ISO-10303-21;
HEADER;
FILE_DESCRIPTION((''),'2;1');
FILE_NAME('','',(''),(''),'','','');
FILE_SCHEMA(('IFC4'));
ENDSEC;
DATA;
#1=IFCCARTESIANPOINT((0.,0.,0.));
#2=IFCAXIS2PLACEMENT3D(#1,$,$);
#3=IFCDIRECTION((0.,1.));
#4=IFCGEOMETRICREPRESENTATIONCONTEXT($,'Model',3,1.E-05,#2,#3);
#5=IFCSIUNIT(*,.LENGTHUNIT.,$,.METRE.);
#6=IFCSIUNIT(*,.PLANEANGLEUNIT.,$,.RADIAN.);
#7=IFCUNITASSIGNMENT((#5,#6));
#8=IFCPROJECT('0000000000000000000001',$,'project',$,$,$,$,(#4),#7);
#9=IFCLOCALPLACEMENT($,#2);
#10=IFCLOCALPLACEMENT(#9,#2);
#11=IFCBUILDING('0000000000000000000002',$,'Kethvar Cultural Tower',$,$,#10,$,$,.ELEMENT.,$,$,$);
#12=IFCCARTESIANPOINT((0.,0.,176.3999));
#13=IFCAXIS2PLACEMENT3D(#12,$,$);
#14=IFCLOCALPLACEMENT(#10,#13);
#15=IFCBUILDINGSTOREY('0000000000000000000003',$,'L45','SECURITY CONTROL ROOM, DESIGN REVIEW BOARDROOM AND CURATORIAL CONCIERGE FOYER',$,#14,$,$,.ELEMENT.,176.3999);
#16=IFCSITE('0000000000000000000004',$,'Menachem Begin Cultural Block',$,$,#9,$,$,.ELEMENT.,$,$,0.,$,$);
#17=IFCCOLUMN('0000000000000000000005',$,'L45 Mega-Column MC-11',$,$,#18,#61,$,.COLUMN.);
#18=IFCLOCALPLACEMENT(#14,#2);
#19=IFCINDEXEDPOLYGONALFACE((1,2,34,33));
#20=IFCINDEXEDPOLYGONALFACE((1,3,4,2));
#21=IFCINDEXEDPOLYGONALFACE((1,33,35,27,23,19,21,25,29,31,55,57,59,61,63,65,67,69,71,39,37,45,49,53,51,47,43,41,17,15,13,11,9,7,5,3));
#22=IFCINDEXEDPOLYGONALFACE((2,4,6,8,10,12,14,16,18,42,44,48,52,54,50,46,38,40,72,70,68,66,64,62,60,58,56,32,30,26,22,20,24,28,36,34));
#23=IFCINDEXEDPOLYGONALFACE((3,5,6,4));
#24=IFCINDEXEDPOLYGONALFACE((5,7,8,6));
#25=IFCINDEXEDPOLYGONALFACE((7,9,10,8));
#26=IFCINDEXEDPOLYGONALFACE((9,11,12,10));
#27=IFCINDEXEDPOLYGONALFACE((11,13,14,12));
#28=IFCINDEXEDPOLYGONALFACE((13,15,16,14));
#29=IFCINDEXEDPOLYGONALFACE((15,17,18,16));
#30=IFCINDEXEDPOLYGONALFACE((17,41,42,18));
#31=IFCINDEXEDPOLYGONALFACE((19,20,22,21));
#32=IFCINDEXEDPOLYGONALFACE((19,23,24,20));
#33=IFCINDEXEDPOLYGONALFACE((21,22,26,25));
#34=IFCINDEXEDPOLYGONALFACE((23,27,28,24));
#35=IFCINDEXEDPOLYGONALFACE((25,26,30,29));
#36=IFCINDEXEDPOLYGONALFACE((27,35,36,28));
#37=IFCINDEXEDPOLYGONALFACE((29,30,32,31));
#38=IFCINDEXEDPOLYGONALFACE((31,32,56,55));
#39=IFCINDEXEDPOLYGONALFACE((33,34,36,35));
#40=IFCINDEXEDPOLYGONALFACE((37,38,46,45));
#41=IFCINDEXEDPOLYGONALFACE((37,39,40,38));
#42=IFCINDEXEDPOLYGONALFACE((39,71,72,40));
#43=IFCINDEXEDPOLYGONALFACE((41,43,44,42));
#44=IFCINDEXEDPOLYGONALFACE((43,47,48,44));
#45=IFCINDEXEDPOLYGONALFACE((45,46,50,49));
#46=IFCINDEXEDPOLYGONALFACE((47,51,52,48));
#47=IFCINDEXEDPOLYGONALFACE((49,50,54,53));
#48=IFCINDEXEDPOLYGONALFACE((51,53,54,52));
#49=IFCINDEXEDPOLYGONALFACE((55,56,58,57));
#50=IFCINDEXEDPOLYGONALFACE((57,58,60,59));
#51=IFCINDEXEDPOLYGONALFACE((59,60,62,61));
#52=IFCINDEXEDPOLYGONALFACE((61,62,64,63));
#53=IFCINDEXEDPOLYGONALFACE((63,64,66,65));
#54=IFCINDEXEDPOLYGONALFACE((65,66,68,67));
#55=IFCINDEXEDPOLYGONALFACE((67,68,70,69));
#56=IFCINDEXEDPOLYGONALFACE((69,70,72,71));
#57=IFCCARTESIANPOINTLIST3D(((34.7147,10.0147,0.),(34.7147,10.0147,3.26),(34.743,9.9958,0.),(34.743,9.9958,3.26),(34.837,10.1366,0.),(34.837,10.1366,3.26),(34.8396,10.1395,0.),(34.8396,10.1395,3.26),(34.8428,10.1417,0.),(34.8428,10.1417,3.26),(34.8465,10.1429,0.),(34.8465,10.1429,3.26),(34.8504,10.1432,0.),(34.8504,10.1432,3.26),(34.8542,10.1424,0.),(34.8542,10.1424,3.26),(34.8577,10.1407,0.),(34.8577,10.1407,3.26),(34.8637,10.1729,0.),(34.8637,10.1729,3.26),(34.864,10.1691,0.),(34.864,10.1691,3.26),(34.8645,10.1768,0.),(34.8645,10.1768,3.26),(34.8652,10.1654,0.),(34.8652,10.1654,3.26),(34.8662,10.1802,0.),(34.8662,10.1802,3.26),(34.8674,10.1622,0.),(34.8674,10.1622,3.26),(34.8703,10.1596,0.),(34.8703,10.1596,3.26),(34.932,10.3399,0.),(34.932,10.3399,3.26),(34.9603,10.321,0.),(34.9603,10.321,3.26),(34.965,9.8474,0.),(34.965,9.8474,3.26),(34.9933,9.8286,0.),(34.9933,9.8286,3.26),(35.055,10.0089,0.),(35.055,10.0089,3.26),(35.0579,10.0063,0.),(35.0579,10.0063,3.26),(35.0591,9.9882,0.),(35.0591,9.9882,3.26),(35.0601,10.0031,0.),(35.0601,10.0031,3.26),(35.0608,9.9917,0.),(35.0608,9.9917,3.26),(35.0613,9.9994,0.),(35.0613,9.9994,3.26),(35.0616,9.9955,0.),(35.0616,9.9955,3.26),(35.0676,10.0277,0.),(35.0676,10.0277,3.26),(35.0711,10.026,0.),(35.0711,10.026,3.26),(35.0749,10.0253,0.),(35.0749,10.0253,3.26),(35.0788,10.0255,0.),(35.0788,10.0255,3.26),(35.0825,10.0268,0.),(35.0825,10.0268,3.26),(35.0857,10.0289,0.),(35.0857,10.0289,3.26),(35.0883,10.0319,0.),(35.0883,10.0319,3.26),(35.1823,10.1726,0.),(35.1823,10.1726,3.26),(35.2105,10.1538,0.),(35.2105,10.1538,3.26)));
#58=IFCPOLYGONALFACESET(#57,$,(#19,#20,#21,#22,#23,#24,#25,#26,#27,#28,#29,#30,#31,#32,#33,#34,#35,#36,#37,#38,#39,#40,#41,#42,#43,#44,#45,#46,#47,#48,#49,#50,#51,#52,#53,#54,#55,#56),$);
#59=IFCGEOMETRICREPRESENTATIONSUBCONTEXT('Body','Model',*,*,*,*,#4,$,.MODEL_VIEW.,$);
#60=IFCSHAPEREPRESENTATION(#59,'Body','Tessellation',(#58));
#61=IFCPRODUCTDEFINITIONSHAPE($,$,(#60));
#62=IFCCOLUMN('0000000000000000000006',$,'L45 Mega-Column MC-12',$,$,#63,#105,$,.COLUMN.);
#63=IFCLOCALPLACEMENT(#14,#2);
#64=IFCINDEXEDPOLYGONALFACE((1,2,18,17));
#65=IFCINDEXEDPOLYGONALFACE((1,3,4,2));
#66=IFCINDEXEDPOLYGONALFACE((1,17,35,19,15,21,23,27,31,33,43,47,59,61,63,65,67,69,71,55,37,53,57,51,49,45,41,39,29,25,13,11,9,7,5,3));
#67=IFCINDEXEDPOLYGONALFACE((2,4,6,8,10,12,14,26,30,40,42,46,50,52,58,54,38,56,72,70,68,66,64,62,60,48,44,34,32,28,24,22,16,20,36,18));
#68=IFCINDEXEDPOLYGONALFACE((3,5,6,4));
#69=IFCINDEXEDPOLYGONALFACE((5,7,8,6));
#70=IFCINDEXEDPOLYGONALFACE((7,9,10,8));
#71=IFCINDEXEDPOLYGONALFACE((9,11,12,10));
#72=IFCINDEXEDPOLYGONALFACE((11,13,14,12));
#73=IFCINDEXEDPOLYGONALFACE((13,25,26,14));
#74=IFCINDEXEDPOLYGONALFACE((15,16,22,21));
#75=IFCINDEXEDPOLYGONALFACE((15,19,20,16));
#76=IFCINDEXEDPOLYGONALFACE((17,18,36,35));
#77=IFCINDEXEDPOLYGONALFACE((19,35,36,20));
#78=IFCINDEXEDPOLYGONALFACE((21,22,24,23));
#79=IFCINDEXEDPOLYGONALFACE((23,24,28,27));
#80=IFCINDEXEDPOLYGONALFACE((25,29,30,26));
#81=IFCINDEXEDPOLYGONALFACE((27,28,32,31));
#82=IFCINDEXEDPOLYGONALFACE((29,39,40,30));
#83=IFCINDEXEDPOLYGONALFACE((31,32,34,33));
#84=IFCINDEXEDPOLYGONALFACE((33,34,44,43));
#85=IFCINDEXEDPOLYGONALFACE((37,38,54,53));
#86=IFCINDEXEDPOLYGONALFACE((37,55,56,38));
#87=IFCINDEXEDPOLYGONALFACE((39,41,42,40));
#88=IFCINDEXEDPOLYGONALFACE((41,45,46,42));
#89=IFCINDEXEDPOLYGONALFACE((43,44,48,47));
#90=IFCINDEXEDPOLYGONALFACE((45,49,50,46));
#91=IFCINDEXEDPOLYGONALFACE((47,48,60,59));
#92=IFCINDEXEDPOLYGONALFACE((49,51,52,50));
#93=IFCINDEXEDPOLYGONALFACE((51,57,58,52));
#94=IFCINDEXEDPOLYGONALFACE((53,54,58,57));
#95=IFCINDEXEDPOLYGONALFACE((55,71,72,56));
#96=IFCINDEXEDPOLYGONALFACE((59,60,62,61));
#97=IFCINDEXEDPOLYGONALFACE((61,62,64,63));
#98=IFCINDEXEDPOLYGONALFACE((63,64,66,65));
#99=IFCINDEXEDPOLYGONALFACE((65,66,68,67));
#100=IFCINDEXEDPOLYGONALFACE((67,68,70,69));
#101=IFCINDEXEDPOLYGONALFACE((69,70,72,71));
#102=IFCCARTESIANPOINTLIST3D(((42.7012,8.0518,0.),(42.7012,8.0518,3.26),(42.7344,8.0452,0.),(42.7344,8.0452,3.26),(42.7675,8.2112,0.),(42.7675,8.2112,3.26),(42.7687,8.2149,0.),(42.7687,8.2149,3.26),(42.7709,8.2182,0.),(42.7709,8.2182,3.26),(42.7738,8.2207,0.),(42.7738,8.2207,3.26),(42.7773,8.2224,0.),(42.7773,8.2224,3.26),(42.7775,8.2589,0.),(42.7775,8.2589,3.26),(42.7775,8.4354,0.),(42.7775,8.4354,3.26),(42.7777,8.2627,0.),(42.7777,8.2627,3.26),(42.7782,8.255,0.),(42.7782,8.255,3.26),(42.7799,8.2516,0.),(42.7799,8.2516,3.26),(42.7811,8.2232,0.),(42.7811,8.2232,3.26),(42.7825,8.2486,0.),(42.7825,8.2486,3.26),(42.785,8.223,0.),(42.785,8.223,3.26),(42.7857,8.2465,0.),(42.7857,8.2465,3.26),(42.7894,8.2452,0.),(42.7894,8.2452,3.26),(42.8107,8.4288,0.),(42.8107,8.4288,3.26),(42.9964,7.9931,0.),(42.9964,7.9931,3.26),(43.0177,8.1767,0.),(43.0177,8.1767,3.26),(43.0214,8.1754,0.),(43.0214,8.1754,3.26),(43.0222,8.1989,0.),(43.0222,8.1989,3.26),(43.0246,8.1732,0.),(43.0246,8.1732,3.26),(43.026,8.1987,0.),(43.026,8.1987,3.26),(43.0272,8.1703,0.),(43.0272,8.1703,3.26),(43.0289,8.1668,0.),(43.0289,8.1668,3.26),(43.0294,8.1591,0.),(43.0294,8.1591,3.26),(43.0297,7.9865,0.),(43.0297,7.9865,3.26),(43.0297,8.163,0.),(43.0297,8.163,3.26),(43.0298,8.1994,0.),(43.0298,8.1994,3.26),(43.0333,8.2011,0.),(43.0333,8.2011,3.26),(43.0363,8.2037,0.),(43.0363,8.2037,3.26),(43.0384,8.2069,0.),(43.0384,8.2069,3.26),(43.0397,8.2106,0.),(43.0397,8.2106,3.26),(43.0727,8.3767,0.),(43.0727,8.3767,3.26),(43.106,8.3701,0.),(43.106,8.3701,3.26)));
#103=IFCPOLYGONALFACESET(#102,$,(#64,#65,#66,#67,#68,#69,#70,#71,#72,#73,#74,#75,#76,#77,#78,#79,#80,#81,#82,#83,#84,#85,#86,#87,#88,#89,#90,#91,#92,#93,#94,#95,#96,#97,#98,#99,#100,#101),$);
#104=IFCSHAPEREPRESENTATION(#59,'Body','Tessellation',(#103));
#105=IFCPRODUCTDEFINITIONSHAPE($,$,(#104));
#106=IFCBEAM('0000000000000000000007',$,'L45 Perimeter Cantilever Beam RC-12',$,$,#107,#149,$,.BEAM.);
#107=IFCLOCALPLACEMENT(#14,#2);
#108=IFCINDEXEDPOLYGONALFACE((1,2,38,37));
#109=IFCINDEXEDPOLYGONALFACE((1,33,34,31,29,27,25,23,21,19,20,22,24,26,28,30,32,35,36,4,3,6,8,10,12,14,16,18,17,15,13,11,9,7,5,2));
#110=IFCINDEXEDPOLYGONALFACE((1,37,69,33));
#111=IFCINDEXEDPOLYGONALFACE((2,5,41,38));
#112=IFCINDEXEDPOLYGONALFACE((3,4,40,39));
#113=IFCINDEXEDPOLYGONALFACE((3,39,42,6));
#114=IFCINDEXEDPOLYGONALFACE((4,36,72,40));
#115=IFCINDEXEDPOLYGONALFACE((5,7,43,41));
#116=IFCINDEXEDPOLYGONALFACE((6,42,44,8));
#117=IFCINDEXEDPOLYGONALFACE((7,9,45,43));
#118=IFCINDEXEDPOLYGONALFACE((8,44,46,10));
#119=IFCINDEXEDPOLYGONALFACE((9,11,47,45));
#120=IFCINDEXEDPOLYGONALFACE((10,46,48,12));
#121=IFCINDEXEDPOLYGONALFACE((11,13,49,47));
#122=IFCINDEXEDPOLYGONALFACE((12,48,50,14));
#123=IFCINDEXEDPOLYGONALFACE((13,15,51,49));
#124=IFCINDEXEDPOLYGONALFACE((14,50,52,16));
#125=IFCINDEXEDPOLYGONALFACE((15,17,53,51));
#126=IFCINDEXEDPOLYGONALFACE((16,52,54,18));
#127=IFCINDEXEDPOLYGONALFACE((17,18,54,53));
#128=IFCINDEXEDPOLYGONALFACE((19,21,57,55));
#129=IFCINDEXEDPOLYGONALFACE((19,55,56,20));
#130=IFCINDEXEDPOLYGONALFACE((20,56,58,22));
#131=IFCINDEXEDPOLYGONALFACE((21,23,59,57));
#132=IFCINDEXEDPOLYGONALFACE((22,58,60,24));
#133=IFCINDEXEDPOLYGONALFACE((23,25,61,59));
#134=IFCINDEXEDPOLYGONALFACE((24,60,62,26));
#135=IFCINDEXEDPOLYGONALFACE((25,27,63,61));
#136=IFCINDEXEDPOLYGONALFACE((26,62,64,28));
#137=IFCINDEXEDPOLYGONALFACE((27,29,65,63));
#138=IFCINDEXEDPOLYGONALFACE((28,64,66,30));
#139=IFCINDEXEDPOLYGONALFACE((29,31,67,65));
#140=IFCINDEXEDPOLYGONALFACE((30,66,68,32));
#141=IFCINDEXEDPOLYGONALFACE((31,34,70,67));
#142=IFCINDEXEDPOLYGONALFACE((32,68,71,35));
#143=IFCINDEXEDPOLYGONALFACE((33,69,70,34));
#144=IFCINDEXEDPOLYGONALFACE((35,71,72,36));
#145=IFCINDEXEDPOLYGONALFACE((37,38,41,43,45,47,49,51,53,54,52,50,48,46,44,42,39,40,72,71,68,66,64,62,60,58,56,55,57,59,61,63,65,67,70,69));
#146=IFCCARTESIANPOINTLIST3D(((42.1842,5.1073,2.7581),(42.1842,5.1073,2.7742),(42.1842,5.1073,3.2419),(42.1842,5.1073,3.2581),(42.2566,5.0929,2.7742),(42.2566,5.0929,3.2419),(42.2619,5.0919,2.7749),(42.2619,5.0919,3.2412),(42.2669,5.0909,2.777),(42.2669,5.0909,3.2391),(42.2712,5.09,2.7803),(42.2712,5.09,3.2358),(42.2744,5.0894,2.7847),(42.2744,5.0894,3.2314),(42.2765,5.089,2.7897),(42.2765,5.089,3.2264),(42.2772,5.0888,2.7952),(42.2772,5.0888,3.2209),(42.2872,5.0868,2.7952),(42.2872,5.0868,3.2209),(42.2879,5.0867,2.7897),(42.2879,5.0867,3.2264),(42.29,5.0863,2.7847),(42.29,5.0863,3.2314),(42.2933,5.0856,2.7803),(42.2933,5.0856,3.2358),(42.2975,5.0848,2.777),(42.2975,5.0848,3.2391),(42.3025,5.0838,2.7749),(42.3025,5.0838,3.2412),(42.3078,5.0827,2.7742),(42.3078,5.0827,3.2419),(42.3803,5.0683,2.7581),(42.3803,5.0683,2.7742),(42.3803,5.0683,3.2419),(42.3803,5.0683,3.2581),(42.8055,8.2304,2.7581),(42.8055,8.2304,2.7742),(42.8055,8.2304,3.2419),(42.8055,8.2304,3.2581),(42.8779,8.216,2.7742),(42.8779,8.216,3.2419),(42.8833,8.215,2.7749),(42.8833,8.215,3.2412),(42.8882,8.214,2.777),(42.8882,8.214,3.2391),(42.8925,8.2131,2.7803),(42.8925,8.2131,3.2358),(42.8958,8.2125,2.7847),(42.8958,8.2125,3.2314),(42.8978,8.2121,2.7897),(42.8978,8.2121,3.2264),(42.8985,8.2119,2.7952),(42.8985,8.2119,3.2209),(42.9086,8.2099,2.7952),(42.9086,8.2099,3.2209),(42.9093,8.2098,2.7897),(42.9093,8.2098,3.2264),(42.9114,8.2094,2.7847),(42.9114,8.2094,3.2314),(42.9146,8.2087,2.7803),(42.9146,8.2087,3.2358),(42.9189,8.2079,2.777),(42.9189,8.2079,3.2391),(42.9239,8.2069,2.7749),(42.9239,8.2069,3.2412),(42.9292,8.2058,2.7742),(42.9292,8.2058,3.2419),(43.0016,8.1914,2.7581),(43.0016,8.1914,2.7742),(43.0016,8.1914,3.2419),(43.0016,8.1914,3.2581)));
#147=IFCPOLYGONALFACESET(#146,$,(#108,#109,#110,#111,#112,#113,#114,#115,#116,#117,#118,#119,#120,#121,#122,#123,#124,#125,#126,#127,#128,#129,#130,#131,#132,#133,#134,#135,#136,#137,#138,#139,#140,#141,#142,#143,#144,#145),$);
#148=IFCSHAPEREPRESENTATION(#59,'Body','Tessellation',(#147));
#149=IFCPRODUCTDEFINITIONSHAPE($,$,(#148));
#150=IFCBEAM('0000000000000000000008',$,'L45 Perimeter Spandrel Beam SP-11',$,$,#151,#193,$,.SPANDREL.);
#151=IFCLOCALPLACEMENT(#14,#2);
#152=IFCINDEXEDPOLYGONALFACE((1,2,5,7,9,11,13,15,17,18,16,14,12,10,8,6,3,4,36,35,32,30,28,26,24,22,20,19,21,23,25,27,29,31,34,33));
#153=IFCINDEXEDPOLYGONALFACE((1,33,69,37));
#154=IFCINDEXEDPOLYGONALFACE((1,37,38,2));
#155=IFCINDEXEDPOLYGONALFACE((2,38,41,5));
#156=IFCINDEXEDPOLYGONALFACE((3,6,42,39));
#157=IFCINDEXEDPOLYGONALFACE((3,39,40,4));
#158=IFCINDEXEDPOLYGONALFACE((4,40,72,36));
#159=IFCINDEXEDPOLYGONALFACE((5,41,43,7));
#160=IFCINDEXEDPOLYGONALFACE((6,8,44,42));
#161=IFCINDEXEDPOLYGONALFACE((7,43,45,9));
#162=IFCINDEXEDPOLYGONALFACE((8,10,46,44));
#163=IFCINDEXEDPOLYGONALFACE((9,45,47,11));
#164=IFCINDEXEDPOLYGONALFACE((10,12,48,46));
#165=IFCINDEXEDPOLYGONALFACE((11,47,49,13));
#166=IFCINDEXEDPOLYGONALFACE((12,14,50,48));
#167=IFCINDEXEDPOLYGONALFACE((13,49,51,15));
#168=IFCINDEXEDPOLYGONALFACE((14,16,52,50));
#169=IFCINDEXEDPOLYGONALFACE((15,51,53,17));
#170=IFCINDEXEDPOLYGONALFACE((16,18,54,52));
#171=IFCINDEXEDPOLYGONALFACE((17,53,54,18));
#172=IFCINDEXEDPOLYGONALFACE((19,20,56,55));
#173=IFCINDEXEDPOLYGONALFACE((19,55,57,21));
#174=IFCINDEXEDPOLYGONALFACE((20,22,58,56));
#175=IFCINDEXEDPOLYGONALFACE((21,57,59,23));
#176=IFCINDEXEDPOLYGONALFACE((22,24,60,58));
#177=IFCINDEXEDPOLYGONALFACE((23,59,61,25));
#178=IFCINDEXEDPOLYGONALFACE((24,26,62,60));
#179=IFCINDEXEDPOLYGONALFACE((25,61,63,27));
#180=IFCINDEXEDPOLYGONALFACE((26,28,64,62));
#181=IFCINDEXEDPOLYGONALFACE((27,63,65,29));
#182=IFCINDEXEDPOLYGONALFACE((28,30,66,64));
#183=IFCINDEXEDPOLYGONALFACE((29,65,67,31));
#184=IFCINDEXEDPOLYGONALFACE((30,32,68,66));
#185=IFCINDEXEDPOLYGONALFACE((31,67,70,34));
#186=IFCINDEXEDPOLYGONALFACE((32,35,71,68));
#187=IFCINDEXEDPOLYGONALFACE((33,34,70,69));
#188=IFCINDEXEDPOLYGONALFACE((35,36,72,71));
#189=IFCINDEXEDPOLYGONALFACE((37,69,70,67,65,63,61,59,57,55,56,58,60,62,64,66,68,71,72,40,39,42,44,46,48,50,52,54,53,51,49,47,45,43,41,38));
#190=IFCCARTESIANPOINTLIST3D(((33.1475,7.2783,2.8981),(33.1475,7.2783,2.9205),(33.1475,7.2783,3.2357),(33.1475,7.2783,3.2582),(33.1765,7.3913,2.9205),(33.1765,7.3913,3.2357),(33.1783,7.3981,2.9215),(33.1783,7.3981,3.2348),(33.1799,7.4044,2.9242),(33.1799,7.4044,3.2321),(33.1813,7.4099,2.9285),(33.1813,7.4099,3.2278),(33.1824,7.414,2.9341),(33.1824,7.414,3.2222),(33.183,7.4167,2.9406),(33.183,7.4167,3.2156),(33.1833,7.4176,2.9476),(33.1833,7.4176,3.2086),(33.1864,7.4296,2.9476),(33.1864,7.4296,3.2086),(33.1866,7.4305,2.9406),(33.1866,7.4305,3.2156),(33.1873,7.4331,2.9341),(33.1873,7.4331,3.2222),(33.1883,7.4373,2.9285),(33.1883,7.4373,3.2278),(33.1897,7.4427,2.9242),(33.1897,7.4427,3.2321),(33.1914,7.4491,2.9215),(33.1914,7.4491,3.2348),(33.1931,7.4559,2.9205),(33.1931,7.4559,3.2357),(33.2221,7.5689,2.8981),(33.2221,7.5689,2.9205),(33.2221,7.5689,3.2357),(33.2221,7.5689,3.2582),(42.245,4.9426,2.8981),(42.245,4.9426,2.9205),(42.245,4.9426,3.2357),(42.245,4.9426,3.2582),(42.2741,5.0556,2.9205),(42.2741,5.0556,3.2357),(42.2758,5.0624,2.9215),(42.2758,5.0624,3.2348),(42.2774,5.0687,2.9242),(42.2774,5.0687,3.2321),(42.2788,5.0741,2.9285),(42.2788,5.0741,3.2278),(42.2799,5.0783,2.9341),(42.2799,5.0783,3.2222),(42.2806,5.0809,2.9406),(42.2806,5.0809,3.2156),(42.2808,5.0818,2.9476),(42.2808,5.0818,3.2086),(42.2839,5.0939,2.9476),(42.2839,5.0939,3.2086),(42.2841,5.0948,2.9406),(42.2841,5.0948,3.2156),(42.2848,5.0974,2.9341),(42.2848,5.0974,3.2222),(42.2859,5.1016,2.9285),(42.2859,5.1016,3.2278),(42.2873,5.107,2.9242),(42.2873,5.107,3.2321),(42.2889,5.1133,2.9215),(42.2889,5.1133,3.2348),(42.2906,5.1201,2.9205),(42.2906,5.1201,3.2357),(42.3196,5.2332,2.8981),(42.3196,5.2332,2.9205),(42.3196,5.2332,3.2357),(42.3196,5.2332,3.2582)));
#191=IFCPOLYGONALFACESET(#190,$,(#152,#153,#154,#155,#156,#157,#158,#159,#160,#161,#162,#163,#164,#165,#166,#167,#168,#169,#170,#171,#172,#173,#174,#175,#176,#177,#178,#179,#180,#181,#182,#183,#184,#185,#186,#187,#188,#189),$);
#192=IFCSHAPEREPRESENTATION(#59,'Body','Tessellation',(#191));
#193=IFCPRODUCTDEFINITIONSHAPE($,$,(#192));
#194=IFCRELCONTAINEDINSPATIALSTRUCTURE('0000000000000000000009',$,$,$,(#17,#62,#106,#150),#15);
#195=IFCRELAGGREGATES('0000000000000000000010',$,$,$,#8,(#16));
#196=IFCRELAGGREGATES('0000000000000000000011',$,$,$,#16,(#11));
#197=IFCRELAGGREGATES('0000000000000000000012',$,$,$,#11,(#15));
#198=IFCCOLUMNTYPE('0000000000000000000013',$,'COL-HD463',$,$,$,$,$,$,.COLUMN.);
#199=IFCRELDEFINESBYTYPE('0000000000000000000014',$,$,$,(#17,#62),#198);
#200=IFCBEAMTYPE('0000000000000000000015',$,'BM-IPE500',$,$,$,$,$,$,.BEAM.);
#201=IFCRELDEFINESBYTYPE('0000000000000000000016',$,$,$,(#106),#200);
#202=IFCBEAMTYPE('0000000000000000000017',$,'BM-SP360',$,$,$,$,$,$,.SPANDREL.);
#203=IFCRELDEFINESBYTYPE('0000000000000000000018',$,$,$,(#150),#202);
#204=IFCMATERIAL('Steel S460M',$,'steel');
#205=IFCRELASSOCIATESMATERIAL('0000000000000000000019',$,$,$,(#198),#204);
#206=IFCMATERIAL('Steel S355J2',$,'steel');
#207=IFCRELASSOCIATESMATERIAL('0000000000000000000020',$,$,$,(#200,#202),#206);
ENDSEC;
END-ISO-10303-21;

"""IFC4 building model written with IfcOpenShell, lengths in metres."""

from ifc_helpers import new_model, si_unit, direction, frame, origin, origin_2d, place, context, subcontext, project, spatial, i_section, extrude, source, transform, mapped, material, material_profile, profile_set, type_object, element, save


model = new_model("IFC4")

# Units and contexts
model_context = context("Model", 3, precision=1e-05, world=origin(), true_north=direction((0.0, 1.0)))
body_context = subcontext(model_context, "Body", "Model", "MODEL_VIEW")
ifc_project = project(units=[si_unit("LENGTHUNIT", "METRE"), si_unit("PLANEANGLEUNIT", "RADIAN")], contexts=[model_context])

# Site, building, storey
site_placement = place(None, origin())
site = spatial("IfcSite", under=ifc_project, at=site_placement, Name="Menachem Begin Cultural Block", CompositionType="ELEMENT", RefElevation=0.0)
building_placement = place(site_placement, origin())
building = spatial("IfcBuilding", under=site, at=building_placement, Name="Kethvar Cultural Tower", CompositionType="ELEMENT")
storey_placement = place(building_placement, frame((0.0, 0.0, 176.3999)))
storey = spatial("IfcBuildingStorey", under=building, at=storey_placement, Name="L45", Description="SECURITY CONTROL ROOM, DESIGN REVIEW BOARDROOM AND CURATORIAL CONCIERGE FOYER", CompositionType="ELEMENT", Elevation=176.3999)

# Columns
ifc_material_1 = material(Name="Steel S460M", Category="steel")
ifc_material_profile_1 = material_profile(ifc_material_1, i_section(OverallWidth=0.3911, OverallDepth=0.335, WebThickness=0.0227, FlangeThickness=0.0339, FilletRadius=0.0149, at=origin_2d()), Name="Steel S460M — HD400x463")
ifc_profile_set_1 = profile_set([ifc_material_profile_1], Name="Steel S460M — HD400x463")
column_type = type_object("IfcColumnType", Name="COL-HD463", PredefinedType="COLUMN", material=ifc_profile_set_1)
shared_shape_1 = source(origin(), body_context, "Body", "SweptSolid", [
    extrude(i_section(OverallWidth=0.3911, OverallDepth=0.335, WebThickness=0.0227, FlangeThickness=0.0339, FilletRadius=0.0149, at=origin_2d()), origin(), (0.0, 0.0, 1.0), 3.26),
])
for number, where, z_axis, x_axis, name in (
    (1, (34.9626, 10.0842, 0.0), (0.0, 0.0, 1.0), (-0.55557, -0.83147, 0.0), "L45 Mega-Column MC-11"),
    (2, (42.9036, 8.2109, 0.0), (0.0, 0.0, 1.0), (-0.19509, -0.980785, 0.0), "L45 Mega-Column MC-12"),
):
    element("IfcColumn", number, at=place(storey_placement, frame(where, z_axis=z_axis, x_axis=x_axis)), inside=storey, type_object=column_type, Name=name, PredefinedType="COLUMN", context=body_context, shape_type="MappedRepresentation", body=[
        mapped(shared_shape_1, transform((0.0, 0.0, 0.0), scale=1.0)),
    ])

# Beams
ifc_material_2 = material(Name="Steel S355J2", Category="steel")
ifc_material_profile_2 = material_profile(ifc_material_2, i_section(OverallWidth=0.2, OverallDepth=0.5, WebThickness=0.0103, FlangeThickness=0.0161, FilletRadius=0.021, at=origin_2d()), Name="Steel S355J2 — IPE500")
ifc_profile_set_2 = profile_set([ifc_material_profile_2], Name="Steel S355J2 — IPE500")
beam_type_1 = type_object("IfcBeamType", Name="BM-IPE500", PredefinedType="BEAM", material=ifc_profile_set_2)
shared_shape_2 = source(origin(), body_context, "Body", "SweptSolid", [
    extrude(i_section(OverallWidth=0.2, OverallDepth=0.5, WebThickness=0.0103, FlangeThickness=0.0161, FilletRadius=0.021, at=origin_2d()), origin(), (0.0, 0.0, 1.0), 3.1843),
])
beam_1_placement = place(storey_placement, frame((42.9036, 8.2109, 3.0081), z_axis=(-0.195128, -0.980778, 0.0), x_axis=(0.980778, -0.195128, 0.0)))
element("IfcBeam", 3, at=beam_1_placement, inside=storey, type_object=beam_type_1, Name="L45 Perimeter Cantilever Beam RC-12", PredefinedType="BEAM", context=body_context, shape_type="MappedRepresentation", body=[
    mapped(shared_shape_2, transform((0.0, 0.0, 0.0), scale=1.0)),
])
ifc_material_profile_3 = material_profile(ifc_material_2, i_section(OverallWidth=0.3, OverallDepth=0.3601, WebThickness=0.0125, FlangeThickness=0.0225, FilletRadius=0.0271, at=origin_2d()), Name="Steel S355J2 — HEB360")
ifc_profile_set_3 = profile_set([ifc_material_profile_3], Name="Steel S355J2 — HEB360")
beam_type_2 = type_object("IfcBeamType", Name="BM-SP360", PredefinedType="SPANDREL", material=ifc_profile_set_3)
shared_shape_3 = source(origin(), body_context, "Body", "SweptSolid", [
    extrude(i_section(OverallWidth=0.3, OverallDepth=0.3601, WebThickness=0.0125, FlangeThickness=0.0225, FilletRadius=0.0271, at=origin_2d()), origin(), (0.0, 0.0, 1.0), 9.3926),
])
beam_2_placement = place(storey_placement, frame((33.1848, 7.4236, 3.0781), z_axis=(0.968586, -0.248677, 0.0), x_axis=(0.248677, 0.968586, 0.0)))
element("IfcBeam", 4, at=beam_2_placement, inside=storey, type_object=beam_type_2, Name="L45 Perimeter Spandrel Beam SP-11", PredefinedType="SPANDREL", context=body_context, shape_type="MappedRepresentation", body=[
    mapped(shared_shape_3, transform((0.0, 0.0, 0.0), scale=1.0)),
])

save(model, "model.ifc")
